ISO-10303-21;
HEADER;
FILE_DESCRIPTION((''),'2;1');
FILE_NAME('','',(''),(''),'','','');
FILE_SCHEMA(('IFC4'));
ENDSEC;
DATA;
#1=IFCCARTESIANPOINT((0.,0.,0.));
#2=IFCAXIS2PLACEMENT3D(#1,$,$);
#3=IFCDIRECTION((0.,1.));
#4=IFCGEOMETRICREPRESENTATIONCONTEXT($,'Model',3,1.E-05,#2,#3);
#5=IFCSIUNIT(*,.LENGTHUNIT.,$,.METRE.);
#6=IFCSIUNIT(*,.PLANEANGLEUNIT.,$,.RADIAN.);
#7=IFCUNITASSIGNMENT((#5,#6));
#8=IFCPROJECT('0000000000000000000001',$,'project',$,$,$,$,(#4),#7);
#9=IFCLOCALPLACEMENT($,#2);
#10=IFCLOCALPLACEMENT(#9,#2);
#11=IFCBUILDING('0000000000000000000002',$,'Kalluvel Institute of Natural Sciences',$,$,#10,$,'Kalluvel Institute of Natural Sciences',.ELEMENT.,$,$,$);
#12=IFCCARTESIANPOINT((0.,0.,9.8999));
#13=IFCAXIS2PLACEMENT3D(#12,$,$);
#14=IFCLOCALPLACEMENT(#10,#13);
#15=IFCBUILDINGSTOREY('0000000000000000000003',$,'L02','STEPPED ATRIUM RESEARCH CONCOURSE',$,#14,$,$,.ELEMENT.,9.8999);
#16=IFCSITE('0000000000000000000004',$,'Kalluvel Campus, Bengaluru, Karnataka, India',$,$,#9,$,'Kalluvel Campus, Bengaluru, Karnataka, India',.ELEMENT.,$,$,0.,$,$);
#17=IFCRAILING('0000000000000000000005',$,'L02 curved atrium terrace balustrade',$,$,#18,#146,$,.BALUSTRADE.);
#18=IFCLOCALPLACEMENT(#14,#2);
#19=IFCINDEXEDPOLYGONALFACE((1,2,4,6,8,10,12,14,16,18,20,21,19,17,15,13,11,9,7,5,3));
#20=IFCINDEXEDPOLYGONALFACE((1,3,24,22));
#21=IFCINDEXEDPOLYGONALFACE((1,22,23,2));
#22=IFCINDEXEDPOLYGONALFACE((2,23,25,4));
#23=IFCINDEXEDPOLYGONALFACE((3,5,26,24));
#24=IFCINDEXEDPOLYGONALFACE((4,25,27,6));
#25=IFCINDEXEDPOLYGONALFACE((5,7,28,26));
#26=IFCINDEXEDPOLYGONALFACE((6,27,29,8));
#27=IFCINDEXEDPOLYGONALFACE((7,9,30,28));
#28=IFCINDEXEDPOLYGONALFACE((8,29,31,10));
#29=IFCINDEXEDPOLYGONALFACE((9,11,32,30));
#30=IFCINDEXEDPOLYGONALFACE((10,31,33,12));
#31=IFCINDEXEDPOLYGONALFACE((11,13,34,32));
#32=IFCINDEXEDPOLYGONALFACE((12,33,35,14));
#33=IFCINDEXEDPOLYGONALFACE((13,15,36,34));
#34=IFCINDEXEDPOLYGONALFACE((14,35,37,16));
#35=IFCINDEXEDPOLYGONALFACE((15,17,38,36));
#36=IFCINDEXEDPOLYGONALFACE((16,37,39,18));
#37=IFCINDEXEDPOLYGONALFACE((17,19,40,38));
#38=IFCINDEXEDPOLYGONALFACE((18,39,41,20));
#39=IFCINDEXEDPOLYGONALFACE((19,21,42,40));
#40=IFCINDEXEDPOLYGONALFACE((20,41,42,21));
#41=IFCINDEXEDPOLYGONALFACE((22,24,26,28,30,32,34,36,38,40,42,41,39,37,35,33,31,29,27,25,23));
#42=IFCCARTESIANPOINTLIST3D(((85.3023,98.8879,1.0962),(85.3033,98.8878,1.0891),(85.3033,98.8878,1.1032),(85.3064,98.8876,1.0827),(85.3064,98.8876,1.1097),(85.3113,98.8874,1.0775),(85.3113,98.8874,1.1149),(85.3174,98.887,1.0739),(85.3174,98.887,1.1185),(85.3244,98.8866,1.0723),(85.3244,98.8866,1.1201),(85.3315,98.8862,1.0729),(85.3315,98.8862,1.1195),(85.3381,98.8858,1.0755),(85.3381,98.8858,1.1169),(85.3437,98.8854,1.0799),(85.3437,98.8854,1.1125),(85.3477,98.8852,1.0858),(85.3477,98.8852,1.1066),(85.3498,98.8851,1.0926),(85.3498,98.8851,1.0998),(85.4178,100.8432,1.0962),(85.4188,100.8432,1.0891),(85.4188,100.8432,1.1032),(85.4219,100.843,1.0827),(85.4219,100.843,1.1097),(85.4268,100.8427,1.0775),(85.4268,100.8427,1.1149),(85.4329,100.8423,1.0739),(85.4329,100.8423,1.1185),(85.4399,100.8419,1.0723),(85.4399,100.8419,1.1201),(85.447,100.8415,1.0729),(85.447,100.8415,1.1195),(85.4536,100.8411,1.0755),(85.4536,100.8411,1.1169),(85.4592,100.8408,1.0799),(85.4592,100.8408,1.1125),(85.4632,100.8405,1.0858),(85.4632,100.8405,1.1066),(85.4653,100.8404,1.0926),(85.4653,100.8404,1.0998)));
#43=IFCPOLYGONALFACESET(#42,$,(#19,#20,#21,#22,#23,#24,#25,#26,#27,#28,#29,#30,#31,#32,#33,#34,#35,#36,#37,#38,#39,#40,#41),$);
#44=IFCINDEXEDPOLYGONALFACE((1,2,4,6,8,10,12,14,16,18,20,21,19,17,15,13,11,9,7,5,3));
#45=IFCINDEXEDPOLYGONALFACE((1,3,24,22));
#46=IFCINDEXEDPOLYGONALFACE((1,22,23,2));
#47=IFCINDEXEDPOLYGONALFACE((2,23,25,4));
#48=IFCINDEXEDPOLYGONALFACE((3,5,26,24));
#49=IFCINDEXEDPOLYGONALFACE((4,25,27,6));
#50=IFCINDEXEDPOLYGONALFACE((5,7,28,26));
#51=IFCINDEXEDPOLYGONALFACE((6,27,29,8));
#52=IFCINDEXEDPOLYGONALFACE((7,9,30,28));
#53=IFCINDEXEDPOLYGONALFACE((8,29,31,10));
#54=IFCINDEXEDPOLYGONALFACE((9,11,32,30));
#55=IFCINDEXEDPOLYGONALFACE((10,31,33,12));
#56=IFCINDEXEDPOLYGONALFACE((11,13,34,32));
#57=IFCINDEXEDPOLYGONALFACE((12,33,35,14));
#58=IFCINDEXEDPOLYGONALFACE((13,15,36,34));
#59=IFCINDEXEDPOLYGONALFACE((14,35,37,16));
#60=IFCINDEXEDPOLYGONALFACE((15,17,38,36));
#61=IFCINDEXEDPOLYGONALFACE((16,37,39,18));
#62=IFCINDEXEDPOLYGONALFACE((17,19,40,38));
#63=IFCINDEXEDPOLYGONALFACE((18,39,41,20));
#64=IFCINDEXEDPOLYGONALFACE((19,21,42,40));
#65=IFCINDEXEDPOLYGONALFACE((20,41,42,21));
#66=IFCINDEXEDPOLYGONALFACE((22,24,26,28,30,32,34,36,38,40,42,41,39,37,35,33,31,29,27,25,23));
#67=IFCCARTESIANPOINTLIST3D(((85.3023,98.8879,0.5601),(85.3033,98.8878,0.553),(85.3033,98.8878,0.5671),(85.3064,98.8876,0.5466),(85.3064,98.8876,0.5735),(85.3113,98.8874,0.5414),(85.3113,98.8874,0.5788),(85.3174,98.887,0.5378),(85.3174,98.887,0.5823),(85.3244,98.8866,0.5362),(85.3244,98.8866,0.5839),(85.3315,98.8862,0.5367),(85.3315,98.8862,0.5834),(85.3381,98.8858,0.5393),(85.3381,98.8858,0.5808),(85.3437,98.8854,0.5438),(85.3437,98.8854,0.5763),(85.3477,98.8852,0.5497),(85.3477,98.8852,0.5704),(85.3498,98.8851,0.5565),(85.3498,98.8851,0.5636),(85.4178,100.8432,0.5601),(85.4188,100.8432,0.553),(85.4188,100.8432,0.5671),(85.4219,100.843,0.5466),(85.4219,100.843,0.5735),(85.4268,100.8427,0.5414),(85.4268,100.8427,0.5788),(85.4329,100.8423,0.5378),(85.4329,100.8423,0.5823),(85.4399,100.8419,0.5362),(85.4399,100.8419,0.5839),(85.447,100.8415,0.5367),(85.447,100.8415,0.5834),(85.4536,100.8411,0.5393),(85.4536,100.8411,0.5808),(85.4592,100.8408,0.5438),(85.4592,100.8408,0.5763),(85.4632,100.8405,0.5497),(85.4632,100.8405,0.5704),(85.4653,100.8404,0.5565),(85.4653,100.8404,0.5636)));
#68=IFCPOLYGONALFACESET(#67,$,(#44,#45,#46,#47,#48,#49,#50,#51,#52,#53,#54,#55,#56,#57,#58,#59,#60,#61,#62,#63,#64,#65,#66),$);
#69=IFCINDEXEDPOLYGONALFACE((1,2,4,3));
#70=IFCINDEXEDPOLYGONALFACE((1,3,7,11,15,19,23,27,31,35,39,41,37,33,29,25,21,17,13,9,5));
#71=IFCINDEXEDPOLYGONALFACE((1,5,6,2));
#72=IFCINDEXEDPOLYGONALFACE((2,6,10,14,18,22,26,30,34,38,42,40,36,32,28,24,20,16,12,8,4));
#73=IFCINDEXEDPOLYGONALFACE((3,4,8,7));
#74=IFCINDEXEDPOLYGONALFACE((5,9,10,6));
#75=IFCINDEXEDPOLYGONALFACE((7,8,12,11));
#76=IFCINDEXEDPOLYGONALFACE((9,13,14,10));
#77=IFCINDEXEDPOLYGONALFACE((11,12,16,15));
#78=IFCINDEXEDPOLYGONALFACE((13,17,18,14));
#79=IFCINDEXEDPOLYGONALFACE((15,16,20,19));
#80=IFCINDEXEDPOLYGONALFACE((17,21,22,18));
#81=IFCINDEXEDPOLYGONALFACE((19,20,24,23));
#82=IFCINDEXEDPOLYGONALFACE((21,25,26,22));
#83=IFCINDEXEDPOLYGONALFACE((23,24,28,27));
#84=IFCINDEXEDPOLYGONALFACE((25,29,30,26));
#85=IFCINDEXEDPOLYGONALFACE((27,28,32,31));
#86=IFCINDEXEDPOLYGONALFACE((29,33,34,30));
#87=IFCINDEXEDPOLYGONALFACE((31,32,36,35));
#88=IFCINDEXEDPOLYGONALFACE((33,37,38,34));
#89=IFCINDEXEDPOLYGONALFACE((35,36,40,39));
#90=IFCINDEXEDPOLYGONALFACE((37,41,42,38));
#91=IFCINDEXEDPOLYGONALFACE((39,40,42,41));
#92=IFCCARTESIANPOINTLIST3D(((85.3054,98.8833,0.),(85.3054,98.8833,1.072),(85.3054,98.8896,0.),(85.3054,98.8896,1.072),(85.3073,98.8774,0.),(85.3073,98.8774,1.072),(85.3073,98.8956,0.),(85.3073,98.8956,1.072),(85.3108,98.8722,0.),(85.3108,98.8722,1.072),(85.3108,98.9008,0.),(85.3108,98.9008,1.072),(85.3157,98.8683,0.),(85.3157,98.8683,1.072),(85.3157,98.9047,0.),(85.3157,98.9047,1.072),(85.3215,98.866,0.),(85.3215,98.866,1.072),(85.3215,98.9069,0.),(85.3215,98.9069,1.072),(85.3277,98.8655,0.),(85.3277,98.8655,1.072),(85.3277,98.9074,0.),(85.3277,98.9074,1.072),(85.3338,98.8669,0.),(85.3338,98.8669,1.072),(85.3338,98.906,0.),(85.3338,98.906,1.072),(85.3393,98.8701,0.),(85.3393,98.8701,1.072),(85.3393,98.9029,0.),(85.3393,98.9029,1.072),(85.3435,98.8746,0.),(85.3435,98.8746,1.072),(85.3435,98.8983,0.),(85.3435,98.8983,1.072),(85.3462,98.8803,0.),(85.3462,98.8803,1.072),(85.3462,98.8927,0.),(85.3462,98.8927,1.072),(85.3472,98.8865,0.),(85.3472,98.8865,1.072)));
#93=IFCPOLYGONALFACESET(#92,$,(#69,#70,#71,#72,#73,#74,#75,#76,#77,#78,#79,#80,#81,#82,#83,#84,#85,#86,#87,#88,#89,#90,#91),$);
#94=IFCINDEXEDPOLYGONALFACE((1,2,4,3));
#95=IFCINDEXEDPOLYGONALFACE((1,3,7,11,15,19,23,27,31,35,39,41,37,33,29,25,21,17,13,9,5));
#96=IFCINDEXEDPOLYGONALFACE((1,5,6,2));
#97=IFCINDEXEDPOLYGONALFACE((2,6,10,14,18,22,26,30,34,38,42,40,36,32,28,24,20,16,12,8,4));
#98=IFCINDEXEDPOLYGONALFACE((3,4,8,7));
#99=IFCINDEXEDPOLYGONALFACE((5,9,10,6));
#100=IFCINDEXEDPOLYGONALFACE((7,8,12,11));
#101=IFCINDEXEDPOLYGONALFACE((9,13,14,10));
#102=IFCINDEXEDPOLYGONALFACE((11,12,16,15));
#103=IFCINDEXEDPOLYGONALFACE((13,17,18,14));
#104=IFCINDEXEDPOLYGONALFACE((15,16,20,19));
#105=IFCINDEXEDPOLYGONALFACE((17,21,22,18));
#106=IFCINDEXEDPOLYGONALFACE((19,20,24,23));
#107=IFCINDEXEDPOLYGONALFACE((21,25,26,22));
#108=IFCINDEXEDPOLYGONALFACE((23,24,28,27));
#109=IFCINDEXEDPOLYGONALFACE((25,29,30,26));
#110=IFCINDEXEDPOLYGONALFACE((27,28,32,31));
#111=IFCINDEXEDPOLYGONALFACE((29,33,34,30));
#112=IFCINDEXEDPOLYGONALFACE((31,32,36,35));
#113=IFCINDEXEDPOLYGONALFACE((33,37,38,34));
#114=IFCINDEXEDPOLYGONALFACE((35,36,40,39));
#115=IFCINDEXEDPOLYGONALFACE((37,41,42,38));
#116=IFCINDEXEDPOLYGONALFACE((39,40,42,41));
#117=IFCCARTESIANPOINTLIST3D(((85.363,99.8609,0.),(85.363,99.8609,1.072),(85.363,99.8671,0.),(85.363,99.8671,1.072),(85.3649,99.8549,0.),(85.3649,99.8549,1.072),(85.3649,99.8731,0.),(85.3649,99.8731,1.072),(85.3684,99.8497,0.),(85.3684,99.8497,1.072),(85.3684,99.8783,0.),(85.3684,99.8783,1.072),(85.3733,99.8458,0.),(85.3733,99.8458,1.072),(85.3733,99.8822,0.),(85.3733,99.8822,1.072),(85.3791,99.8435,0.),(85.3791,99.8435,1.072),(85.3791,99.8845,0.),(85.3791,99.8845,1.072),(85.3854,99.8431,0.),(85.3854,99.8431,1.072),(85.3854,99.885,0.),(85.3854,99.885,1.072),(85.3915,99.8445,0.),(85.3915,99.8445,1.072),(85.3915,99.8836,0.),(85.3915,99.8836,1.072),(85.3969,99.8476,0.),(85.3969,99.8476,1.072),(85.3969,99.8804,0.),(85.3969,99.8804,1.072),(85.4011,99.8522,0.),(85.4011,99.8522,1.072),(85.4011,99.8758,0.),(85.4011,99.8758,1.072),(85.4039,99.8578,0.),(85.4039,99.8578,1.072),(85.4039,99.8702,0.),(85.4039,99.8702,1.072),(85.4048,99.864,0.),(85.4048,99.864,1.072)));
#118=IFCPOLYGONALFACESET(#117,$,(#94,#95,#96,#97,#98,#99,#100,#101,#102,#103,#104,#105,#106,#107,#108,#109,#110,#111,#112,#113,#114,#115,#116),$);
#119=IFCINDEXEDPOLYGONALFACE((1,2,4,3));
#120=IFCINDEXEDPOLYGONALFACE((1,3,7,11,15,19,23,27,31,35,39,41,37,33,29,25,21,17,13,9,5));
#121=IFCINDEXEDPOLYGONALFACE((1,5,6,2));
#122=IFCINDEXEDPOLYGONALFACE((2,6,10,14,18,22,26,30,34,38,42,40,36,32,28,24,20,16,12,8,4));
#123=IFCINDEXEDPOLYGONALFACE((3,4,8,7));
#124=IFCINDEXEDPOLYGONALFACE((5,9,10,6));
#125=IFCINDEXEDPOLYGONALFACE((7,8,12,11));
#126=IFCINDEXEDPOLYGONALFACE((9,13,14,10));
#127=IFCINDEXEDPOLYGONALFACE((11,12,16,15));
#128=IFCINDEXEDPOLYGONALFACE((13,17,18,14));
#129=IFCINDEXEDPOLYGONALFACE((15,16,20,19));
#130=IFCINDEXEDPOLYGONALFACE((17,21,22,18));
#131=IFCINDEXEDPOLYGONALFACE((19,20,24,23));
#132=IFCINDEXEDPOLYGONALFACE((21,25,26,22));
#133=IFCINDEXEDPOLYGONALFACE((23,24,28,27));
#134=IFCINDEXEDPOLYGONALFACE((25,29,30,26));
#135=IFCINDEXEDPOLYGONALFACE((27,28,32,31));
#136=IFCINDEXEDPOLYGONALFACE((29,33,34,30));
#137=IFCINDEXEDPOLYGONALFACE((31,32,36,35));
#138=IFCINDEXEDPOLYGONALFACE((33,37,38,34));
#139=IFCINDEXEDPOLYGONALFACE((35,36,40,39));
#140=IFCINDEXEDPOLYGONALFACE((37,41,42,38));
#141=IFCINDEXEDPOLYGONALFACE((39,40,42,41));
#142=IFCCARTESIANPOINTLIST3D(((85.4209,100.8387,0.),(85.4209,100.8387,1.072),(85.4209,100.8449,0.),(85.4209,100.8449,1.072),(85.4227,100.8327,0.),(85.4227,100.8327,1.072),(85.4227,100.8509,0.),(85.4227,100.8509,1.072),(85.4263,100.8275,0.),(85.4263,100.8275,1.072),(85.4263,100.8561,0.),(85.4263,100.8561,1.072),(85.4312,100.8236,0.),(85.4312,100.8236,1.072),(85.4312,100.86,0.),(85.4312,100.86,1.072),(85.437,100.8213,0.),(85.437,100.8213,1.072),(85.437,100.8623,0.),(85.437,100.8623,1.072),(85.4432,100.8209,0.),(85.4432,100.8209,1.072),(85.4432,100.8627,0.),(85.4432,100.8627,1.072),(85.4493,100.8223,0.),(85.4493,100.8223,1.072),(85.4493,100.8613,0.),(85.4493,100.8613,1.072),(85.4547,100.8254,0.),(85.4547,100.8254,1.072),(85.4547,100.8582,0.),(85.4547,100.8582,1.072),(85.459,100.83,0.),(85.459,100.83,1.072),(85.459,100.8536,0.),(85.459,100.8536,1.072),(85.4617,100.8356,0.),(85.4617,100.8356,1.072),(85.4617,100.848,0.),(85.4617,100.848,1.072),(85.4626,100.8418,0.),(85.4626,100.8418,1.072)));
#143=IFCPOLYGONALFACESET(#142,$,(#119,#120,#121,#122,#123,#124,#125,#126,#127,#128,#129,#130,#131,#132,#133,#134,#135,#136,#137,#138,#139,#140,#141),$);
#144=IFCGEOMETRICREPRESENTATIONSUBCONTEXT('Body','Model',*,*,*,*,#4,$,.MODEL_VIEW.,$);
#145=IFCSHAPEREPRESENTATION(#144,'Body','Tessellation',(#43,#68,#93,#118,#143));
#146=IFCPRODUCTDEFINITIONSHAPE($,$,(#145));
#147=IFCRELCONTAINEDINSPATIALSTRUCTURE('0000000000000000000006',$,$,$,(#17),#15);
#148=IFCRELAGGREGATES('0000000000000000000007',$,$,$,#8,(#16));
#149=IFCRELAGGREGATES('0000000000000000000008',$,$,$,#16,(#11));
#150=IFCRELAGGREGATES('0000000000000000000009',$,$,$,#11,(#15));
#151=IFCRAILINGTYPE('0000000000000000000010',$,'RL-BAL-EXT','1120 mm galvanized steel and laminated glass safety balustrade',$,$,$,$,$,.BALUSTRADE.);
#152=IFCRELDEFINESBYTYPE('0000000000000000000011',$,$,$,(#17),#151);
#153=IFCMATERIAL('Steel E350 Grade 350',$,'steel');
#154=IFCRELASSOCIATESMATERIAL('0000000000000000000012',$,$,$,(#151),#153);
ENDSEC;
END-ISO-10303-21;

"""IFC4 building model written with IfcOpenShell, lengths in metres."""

from ifc_helpers import new_model, si_unit, direction, frame, origin, origin_2d, place, context, subcontext, project, spatial, circle, extrude, material, type_object, element, save


model = new_model("IFC4")

# Units and contexts
model_context = context("Model", 3, precision=1e-05, world=origin(), true_north=direction((0.0, 1.0)))
body_context = subcontext(model_context, "Body", "Model", "MODEL_VIEW")
ifc_project = project(units=[si_unit("LENGTHUNIT", "METRE"), si_unit("PLANEANGLEUNIT", "RADIAN")], contexts=[model_context])

# Site, building, storey
site_placement = place(None, origin())
site = spatial("IfcSite", under=ifc_project, at=site_placement, Name="Kalluvel Campus, Bengaluru, Karnataka, India", LongName="Kalluvel Campus, Bengaluru, Karnataka, India", CompositionType="ELEMENT", RefElevation=0.0)
building_placement = place(site_placement, origin())
building = spatial("IfcBuilding", under=site, at=building_placement, Name="Kalluvel Institute of Natural Sciences", LongName="Kalluvel Institute of Natural Sciences", CompositionType="ELEMENT")
storey_placement = place(building_placement, frame((0.0, 0.0, 9.8999)))
storey = spatial("IfcBuildingStorey", under=building, at=storey_placement, Name="L02", Description="STEPPED ATRIUM RESEARCH CONCOURSE", CompositionType="ELEMENT", Elevation=9.8999)

# Railing
ifc_material_1 = material(Name="Steel E350 Grade 350", Category="steel")
railing_type = type_object("IfcRailingType", Name="RL-BAL-EXT", Description="1120 mm galvanized steel and laminated glass safety balustrade", PredefinedType="BALUSTRADE", material=ifc_material_1)
railing_1_placement = place(storey_placement, frame((85.3262, 98.8865, 0.0)))
element("IfcRailing", 1, at=railing_1_placement, inside=storey, type_object=railing_type, Name="L02 curved atrium terrace balustrade", PredefinedType="BALUSTRADE", context=body_context, shape_type="SweptSolid", body=[
    extrude(circle(Radius=0.0239, at=origin_2d()), frame((0.0, 0.0, 1.0962), z_axis=(0.058956, 0.998261, 0.0), x_axis=(-0.998261, 0.058956, 0.0)), (0.0, 0.0, 1.0), 1.9587),
    extrude(circle(Radius=0.0239, at=origin_2d()), frame((0.0, 0.0, 0.5601), z_axis=(0.058956, 0.998261, 0.0), x_axis=(-0.998261, 0.058956, 0.0)), (0.0, 0.0, 1.0), 1.9587),
    extrude(circle(Radius=0.021, at=origin_2d()), origin(), (0.0, 0.0, 1.0), 1.072),
    extrude(circle(Radius=0.021, at=origin_2d()), frame((0.0576, 0.9775, 0.0)), (0.0, 0.0, 1.0), 1.072),
    extrude(circle(Radius=0.021, at=origin_2d()), frame((0.1155, 1.9553, 0.0)), (0.0, 0.0, 1.0), 1.072),
])

save(model, "model.ifc")
